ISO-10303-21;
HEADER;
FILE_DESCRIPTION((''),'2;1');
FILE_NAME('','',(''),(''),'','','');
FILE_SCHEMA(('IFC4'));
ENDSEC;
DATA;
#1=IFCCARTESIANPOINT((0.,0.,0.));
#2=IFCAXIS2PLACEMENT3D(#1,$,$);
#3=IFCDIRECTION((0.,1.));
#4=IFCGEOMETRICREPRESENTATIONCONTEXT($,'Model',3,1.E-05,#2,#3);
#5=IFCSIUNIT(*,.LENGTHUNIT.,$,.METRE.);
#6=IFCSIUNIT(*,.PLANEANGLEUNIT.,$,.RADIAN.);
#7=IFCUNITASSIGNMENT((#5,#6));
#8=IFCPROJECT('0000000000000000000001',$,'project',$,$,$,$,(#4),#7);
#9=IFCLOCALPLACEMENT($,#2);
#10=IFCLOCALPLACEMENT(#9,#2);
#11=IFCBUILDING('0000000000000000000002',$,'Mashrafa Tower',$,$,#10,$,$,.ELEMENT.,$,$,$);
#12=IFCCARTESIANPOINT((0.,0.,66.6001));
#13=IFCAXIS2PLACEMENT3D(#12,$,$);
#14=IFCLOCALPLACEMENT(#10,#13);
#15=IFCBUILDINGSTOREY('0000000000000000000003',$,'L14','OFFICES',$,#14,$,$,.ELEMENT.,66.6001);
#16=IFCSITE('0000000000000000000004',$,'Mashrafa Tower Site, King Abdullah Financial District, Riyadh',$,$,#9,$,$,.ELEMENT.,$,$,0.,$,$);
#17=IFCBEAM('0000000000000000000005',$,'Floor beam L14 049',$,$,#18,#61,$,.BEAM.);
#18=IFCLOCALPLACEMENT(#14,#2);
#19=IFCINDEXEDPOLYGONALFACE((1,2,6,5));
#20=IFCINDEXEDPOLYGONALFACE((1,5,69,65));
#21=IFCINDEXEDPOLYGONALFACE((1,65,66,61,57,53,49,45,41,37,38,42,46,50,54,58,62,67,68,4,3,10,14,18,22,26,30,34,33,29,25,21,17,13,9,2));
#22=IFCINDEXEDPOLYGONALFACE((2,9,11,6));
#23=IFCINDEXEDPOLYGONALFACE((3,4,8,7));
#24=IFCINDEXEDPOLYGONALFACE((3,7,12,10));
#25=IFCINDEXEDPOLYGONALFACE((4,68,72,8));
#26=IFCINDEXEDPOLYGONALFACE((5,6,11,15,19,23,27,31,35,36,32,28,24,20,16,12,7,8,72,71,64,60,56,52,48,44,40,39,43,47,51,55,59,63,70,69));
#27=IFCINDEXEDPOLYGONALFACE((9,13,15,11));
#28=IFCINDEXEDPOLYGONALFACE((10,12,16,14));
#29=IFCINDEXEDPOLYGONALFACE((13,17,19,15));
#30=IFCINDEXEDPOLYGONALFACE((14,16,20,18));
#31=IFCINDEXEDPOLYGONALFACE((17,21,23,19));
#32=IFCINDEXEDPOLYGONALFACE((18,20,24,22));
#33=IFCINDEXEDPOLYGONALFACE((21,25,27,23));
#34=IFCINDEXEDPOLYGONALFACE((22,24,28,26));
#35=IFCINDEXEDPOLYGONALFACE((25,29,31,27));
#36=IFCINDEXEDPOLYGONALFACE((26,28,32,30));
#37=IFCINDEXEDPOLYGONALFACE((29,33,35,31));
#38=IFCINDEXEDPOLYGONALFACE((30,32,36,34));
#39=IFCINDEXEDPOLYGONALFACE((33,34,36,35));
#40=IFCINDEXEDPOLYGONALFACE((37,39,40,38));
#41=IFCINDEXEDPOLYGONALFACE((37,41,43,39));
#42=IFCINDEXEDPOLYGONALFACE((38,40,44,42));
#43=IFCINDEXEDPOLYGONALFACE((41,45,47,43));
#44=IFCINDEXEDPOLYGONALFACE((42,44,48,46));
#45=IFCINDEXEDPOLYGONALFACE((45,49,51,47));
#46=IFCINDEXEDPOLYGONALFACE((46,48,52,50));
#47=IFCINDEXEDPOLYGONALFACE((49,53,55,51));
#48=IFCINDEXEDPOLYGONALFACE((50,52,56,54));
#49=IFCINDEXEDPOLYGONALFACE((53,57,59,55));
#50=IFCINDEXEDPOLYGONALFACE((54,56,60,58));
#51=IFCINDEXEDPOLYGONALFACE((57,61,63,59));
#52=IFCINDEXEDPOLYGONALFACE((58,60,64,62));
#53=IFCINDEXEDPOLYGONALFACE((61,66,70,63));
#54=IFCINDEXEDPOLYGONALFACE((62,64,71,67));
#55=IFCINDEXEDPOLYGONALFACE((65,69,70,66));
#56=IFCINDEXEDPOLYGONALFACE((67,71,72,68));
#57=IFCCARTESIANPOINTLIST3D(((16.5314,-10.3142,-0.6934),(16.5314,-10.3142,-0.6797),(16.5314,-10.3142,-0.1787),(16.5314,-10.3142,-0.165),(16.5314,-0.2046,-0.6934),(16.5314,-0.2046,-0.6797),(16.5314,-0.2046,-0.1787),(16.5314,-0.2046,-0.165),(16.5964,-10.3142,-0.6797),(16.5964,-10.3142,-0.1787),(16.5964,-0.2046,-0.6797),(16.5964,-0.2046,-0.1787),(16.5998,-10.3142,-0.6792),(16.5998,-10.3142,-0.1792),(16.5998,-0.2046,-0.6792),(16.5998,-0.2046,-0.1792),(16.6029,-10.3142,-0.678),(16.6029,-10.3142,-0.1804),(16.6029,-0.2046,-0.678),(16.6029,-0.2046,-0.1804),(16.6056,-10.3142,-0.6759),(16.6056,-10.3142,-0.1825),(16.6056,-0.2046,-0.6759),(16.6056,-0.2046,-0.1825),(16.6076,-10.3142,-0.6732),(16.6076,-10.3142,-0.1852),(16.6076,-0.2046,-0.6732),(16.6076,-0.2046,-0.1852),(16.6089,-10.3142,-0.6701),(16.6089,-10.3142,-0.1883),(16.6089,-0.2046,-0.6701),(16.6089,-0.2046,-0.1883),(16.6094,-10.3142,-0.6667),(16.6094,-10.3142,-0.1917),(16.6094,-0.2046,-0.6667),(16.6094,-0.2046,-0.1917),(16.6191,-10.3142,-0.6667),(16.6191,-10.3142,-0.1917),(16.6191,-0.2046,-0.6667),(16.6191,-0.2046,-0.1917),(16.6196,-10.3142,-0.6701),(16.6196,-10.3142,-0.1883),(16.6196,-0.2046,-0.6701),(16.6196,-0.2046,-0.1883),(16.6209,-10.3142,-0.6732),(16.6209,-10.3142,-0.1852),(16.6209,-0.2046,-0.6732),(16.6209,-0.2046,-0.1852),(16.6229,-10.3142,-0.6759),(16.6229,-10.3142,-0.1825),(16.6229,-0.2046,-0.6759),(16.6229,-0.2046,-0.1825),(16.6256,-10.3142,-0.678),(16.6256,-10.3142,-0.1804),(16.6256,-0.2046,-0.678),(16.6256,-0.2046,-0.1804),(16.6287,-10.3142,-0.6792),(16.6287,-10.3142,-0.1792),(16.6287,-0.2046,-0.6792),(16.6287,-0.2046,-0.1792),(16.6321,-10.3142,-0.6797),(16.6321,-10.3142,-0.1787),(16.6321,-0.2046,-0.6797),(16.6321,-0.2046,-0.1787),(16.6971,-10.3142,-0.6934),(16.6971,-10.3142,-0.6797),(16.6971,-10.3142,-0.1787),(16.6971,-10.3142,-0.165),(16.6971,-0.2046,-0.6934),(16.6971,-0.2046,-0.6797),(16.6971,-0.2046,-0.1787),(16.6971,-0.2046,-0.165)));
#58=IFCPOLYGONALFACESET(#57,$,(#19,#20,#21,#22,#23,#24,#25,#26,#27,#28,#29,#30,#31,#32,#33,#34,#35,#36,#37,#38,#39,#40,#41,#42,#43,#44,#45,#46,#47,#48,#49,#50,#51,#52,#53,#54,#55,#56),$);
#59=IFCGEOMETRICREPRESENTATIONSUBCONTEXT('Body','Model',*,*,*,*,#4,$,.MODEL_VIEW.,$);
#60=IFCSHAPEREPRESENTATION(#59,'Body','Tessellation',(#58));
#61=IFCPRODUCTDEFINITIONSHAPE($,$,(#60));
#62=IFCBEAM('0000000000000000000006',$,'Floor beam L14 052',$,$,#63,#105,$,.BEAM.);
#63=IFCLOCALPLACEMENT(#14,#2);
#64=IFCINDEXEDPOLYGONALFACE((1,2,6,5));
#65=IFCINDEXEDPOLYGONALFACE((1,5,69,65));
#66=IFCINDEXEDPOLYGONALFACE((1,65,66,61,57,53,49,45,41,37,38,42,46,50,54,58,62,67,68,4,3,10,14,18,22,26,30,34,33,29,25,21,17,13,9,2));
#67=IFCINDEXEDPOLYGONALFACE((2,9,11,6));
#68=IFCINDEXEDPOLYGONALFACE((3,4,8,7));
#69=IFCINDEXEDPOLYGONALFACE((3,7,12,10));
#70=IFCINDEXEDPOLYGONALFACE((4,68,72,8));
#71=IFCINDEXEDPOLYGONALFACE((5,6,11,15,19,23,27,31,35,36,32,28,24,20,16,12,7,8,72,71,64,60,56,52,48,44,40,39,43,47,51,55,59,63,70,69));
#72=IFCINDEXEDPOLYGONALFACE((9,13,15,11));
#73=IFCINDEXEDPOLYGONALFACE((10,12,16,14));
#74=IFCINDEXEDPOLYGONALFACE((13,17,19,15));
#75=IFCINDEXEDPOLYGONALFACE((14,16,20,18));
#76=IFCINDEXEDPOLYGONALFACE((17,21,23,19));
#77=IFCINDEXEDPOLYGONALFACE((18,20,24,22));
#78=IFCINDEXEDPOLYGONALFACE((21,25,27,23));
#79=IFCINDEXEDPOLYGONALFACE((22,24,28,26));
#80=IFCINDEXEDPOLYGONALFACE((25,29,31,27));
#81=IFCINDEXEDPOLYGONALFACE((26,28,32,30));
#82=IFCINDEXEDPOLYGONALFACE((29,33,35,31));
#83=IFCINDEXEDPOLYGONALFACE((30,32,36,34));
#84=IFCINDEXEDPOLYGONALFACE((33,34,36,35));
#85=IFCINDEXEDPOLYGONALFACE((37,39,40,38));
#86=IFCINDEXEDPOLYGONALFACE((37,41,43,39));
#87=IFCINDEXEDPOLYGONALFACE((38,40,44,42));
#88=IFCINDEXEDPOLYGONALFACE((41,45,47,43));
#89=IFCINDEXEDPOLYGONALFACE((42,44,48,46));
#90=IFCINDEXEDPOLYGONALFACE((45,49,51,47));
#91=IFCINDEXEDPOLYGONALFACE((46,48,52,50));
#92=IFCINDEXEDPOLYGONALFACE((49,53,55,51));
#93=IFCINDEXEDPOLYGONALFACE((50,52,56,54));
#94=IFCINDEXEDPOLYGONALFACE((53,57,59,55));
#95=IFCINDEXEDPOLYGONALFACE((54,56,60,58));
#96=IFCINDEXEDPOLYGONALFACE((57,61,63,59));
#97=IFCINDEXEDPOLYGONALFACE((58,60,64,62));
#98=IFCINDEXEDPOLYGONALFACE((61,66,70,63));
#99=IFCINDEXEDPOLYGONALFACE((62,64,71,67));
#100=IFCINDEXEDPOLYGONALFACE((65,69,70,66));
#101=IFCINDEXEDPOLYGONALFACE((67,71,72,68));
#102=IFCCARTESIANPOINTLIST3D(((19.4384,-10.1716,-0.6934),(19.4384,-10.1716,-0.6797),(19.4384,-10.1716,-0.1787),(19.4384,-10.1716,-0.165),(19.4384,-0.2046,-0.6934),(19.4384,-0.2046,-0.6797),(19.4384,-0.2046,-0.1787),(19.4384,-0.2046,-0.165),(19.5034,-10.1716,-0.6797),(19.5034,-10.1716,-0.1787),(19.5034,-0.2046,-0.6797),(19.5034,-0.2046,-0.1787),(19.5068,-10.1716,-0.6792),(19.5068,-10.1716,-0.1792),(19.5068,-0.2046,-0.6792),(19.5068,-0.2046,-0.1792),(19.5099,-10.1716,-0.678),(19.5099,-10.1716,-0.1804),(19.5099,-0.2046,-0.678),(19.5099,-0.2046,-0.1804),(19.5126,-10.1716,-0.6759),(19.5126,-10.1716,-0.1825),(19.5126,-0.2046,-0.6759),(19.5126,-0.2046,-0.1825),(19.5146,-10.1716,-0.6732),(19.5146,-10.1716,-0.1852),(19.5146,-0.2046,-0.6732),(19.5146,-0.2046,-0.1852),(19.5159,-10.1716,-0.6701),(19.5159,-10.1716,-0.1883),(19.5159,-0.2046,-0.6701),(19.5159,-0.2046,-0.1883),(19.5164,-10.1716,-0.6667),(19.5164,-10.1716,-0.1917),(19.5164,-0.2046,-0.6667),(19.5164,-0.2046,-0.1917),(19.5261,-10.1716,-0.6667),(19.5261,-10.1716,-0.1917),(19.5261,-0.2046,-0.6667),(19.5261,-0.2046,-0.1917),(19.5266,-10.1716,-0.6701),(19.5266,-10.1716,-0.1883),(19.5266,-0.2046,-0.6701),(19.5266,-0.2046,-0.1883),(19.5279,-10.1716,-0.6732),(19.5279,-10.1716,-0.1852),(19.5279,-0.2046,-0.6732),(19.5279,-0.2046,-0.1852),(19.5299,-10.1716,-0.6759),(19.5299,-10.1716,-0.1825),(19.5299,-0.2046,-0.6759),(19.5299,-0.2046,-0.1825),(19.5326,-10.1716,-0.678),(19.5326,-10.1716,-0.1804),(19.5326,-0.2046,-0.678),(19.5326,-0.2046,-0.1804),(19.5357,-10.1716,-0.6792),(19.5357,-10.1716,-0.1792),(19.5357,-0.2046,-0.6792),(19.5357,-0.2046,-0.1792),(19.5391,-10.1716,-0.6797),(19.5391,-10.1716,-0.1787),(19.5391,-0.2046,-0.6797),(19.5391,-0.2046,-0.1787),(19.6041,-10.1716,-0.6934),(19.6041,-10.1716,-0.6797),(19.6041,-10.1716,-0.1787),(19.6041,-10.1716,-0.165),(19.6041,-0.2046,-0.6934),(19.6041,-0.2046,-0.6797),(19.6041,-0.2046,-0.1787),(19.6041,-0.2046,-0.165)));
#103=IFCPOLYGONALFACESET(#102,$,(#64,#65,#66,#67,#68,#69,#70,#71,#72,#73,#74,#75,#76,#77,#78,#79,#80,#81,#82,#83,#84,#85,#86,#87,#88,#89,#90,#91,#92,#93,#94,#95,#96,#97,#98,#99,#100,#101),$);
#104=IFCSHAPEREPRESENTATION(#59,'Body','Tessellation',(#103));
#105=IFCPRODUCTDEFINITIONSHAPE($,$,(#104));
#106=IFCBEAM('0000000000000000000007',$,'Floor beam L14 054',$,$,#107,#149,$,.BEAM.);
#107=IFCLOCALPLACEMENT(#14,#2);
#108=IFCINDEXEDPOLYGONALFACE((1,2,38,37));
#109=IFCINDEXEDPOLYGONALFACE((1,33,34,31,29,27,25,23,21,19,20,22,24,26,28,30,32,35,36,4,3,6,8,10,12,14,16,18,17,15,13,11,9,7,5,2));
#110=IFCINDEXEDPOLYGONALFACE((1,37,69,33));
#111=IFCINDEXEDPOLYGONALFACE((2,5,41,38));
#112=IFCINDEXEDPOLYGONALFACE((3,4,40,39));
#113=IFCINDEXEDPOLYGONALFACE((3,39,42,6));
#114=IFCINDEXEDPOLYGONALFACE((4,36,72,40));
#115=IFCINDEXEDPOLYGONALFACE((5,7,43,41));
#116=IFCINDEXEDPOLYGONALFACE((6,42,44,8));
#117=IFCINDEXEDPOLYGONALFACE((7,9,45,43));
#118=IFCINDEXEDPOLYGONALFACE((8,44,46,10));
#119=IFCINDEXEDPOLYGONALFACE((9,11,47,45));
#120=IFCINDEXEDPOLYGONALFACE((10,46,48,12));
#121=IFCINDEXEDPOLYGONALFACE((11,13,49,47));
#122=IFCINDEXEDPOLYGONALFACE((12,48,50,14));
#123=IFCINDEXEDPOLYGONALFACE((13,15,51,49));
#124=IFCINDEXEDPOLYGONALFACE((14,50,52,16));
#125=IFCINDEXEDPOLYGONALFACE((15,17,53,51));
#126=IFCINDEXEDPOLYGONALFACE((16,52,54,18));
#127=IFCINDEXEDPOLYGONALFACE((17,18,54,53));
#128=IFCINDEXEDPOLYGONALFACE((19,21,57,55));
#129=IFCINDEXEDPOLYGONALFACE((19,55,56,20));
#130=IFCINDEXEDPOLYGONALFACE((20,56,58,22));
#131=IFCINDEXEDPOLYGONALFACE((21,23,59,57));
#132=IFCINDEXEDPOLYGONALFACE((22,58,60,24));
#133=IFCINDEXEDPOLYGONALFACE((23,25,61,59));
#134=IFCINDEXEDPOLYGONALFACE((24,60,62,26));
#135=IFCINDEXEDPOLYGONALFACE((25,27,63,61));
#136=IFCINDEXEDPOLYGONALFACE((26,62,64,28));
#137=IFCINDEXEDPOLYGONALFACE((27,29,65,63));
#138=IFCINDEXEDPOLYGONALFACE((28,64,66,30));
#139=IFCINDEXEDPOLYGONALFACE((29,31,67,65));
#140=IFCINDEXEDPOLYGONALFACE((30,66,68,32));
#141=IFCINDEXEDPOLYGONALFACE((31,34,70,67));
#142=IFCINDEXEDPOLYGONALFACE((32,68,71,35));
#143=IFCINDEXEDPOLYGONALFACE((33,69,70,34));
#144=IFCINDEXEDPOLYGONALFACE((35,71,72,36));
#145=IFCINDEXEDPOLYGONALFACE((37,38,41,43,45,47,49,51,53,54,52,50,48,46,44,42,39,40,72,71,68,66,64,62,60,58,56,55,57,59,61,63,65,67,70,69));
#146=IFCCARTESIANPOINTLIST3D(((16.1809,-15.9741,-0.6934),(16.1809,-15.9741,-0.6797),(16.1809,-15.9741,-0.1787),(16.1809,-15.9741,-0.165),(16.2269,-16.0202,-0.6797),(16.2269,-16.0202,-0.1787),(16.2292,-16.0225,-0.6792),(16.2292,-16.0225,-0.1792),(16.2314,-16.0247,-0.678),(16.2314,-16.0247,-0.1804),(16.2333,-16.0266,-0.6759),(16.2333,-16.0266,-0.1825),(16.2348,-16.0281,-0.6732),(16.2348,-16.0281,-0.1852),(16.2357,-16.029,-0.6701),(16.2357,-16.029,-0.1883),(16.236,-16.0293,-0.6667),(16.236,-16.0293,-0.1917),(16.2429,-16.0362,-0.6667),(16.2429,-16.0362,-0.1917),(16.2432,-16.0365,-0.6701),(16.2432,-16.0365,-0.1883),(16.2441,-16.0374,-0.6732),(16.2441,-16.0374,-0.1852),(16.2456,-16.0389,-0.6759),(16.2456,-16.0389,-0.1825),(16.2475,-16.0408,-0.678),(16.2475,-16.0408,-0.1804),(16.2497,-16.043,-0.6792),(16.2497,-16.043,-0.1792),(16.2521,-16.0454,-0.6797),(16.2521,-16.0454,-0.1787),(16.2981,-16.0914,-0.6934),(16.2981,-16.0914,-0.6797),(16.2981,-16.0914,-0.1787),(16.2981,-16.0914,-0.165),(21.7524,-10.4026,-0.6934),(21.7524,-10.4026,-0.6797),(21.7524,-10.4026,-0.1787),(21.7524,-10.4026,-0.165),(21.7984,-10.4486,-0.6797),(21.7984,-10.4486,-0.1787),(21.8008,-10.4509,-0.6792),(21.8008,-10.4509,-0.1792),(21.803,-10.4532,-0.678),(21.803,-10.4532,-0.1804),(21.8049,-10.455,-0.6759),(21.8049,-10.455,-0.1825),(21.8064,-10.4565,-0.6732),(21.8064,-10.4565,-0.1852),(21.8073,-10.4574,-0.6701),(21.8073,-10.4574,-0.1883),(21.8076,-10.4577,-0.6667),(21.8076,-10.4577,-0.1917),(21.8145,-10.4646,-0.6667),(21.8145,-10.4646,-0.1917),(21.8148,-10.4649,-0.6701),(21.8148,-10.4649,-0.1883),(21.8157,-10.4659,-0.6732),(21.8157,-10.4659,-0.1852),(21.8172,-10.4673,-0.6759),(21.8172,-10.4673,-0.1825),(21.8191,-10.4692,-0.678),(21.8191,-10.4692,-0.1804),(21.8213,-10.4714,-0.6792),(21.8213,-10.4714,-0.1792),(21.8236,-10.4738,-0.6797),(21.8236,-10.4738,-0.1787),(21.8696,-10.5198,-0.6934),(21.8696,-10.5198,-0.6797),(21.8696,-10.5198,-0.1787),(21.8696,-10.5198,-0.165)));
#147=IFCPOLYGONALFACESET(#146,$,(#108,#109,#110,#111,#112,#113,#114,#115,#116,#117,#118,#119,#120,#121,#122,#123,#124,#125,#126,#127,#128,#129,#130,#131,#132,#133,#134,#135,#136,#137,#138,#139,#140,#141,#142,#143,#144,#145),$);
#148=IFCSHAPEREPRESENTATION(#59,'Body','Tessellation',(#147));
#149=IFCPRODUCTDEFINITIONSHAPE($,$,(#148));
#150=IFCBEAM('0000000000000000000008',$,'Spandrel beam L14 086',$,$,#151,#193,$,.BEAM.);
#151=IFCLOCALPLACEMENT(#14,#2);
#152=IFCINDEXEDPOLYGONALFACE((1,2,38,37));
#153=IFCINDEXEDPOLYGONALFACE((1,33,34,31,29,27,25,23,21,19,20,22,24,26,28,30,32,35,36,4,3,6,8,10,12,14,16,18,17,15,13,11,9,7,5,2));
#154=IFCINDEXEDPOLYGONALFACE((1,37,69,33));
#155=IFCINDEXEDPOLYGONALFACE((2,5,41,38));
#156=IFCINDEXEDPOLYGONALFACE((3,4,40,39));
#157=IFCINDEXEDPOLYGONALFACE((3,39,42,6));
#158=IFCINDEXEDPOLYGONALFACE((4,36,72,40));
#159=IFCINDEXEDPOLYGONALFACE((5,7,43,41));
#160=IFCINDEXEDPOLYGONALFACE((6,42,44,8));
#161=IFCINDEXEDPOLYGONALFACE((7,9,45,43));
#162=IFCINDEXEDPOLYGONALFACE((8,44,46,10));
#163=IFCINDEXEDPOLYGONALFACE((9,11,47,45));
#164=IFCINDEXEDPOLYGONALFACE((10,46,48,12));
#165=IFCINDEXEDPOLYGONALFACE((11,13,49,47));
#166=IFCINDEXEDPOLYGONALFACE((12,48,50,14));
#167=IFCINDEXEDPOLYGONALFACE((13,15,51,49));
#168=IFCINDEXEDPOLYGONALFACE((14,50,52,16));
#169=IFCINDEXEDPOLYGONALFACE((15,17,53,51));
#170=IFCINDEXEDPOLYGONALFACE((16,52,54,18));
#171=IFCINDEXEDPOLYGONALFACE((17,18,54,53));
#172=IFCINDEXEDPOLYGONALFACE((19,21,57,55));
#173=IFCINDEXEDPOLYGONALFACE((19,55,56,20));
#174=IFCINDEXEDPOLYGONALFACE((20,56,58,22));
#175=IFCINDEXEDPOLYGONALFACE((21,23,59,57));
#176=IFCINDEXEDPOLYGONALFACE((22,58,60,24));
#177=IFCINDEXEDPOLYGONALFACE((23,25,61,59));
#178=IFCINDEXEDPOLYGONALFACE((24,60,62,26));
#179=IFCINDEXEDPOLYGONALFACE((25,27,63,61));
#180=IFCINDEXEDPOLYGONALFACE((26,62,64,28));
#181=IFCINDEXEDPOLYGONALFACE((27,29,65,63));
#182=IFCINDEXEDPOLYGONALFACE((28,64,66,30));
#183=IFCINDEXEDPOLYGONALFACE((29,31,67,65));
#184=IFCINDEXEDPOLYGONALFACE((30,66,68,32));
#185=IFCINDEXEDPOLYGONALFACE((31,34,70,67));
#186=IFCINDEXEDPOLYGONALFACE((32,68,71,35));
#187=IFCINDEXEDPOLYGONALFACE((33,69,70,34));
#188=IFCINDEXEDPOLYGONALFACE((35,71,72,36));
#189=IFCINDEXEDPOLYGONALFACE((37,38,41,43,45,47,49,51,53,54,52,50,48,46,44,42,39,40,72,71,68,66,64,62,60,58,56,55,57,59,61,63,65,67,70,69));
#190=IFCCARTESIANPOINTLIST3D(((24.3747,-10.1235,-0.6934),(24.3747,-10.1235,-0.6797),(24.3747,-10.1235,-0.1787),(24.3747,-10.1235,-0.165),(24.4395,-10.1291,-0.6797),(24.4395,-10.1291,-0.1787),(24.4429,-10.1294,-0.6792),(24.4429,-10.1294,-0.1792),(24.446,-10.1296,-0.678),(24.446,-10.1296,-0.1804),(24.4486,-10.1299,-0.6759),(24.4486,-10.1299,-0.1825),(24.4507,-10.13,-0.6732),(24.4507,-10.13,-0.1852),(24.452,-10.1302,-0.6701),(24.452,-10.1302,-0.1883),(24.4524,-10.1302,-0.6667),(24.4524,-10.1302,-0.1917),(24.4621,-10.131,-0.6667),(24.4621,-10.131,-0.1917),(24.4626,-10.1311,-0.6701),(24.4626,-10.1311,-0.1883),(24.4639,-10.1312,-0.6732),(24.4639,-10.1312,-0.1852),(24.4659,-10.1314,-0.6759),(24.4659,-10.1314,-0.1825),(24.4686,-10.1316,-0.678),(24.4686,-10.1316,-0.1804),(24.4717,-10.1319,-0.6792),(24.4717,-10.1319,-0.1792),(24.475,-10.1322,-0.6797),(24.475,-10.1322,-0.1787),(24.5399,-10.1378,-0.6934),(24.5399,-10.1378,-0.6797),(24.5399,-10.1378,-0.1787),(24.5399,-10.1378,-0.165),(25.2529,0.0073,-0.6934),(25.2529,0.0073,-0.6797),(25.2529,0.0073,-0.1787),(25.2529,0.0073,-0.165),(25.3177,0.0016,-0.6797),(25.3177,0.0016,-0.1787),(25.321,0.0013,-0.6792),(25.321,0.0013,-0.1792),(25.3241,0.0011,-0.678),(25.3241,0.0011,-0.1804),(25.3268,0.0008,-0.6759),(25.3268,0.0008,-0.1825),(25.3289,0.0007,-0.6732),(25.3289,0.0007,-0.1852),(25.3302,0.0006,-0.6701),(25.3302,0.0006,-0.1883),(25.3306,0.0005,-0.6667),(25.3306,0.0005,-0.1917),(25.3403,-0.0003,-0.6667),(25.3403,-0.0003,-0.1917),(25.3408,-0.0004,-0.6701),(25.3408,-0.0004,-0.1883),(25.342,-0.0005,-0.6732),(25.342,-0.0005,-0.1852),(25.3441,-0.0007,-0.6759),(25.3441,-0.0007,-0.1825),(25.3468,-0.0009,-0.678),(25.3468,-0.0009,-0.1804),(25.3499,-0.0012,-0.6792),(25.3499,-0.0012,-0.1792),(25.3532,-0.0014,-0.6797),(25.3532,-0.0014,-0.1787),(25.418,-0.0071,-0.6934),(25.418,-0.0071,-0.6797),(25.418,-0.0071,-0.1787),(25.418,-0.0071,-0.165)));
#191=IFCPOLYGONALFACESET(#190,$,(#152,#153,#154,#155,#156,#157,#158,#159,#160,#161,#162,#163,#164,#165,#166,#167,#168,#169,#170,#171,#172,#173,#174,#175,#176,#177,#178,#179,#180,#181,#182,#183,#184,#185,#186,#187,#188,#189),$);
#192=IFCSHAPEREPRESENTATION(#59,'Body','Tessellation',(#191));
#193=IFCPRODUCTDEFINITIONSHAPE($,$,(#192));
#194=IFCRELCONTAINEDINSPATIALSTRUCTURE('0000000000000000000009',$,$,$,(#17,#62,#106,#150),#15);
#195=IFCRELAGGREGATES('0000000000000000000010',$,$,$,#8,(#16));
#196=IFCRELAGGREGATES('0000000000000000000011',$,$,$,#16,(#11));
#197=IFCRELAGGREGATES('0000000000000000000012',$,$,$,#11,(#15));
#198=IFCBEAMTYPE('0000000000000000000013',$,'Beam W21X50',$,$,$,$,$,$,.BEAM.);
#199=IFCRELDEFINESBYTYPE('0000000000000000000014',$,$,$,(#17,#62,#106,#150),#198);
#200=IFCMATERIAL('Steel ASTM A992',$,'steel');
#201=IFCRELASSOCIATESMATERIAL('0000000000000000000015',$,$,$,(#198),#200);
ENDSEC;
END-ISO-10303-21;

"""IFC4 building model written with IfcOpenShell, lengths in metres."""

from ifc_helpers import new_model, si_unit, direction, frame, origin, origin_2d, place, context, subcontext, project, spatial, i_section, extrude, material, material_profile, profile_set, type_object, element, save


model = new_model("IFC4")

# Units and contexts
model_context = context("Model", 3, precision=1e-05, world=origin(), true_north=direction((0.0, 1.0)))
body_context = subcontext(model_context, "Body", "Model", "MODEL_VIEW")
ifc_project = project(units=[si_unit("LENGTHUNIT", "METRE"), si_unit("PLANEANGLEUNIT", "RADIAN")], contexts=[model_context])

# Site, building, storey
site_placement = place(None, origin())
site = spatial("IfcSite", under=ifc_project, at=site_placement, Name="Mashrafa Tower Site, King Abdullah Financial District, Riyadh", CompositionType="ELEMENT", RefElevation=0.0)
building_placement = place(site_placement, origin())
building = spatial("IfcBuilding", under=site, at=building_placement, Name="Mashrafa Tower", CompositionType="ELEMENT")
storey_placement = place(building_placement, frame((0.0, 0.0, 66.6001)))
storey = spatial("IfcBuildingStorey", under=building, at=storey_placement, Name="L14", Description="OFFICES", CompositionType="ELEMENT", Elevation=66.6001)

# Beams
ifc_material_1 = material(Name="Steel ASTM A992", Category="steel")
ifc_material_profile_1 = material_profile(ifc_material_1, i_section(OverallWidth=0.1658, OverallDepth=0.5283, WebThickness=0.0098, FlangeThickness=0.0137, FilletRadius=0.0129, at=origin_2d()), Name="W21X50")
ifc_profile_set_1 = profile_set([ifc_material_profile_1], Name="Steel ASTM A992")
beam_type_1 = type_object("IfcBeamType", Name="Beam W21X50", PredefinedType="BEAM", material=ifc_profile_set_1)
beam_1_placement = place(storey_placement, frame((16.6143, -0.2046, -0.4292), z_axis=(0.0, -1.0, 0.0), x_axis=(1.0, 0.0, 0.0)))
element("IfcBeam", 1, at=beam_1_placement, inside=storey, type_object=beam_type_1, Name="Floor beam L14 049", PredefinedType="BEAM", context=body_context, shape_type="SweptSolid", body=[
    extrude(i_section(OverallWidth=0.1658, OverallDepth=0.5283, WebThickness=0.0098, FlangeThickness=0.0137, FilletRadius=0.0129, at=origin_2d()), origin(), (0.0, 0.0, 1.0), 10.1096),
])
beam_2_placement = place(storey_placement, frame((19.5212, -0.2046, -0.4292), z_axis=(0.0, -1.0, 0.0), x_axis=(1.0, 0.0, 0.0)))
element("IfcBeam", 2, at=beam_2_placement, inside=storey, type_object=beam_type_1, Name="Floor beam L14 052", PredefinedType="BEAM", context=body_context, shape_type="SweptSolid", body=[
    extrude(i_section(OverallWidth=0.1658, OverallDepth=0.5283, WebThickness=0.0098, FlangeThickness=0.0137, FilletRadius=0.0129, at=origin_2d()), origin(), (0.0, 0.0, 1.0), 9.967),
])
beam_3_placement = place(storey_placement, frame((21.811, -10.4612, -0.4292), z_axis=(-0.707107, -0.707107, 0.0), x_axis=(0.707107, -0.707107, 0.0)))
element("IfcBeam", 3, at=beam_3_placement, inside=storey, type_object=beam_type_1, Name="Floor beam L14 054", PredefinedType="BEAM", context=body_context, shape_type="SweptSolid", body=[
    extrude(i_section(OverallWidth=0.1658, OverallDepth=0.5283, WebThickness=0.0098, FlangeThickness=0.0137, FilletRadius=0.0129, at=origin_2d()), origin(), (0.0, 0.0, 1.0), 7.8794),
])
beam_4_placement = place(storey_placement, frame((24.4573, -10.1306, -0.4292), z_axis=(0.086361, 0.996264, 0.0), x_axis=(-0.996264, 0.086361, 0.0)))
element("IfcBeam", 4, at=beam_4_placement, inside=storey, type_object=beam_type_1, Name="Spandrel beam L14 086", PredefinedType="BEAM", context=body_context, shape_type="SweptSolid", body=[
    extrude(i_section(OverallWidth=0.1658, OverallDepth=0.5283, WebThickness=0.0098, FlangeThickness=0.0137, FilletRadius=0.0129, at=origin_2d()), origin(), (0.0, 0.0, 1.0), 10.1687),
])

save(model, "model.ifc")
